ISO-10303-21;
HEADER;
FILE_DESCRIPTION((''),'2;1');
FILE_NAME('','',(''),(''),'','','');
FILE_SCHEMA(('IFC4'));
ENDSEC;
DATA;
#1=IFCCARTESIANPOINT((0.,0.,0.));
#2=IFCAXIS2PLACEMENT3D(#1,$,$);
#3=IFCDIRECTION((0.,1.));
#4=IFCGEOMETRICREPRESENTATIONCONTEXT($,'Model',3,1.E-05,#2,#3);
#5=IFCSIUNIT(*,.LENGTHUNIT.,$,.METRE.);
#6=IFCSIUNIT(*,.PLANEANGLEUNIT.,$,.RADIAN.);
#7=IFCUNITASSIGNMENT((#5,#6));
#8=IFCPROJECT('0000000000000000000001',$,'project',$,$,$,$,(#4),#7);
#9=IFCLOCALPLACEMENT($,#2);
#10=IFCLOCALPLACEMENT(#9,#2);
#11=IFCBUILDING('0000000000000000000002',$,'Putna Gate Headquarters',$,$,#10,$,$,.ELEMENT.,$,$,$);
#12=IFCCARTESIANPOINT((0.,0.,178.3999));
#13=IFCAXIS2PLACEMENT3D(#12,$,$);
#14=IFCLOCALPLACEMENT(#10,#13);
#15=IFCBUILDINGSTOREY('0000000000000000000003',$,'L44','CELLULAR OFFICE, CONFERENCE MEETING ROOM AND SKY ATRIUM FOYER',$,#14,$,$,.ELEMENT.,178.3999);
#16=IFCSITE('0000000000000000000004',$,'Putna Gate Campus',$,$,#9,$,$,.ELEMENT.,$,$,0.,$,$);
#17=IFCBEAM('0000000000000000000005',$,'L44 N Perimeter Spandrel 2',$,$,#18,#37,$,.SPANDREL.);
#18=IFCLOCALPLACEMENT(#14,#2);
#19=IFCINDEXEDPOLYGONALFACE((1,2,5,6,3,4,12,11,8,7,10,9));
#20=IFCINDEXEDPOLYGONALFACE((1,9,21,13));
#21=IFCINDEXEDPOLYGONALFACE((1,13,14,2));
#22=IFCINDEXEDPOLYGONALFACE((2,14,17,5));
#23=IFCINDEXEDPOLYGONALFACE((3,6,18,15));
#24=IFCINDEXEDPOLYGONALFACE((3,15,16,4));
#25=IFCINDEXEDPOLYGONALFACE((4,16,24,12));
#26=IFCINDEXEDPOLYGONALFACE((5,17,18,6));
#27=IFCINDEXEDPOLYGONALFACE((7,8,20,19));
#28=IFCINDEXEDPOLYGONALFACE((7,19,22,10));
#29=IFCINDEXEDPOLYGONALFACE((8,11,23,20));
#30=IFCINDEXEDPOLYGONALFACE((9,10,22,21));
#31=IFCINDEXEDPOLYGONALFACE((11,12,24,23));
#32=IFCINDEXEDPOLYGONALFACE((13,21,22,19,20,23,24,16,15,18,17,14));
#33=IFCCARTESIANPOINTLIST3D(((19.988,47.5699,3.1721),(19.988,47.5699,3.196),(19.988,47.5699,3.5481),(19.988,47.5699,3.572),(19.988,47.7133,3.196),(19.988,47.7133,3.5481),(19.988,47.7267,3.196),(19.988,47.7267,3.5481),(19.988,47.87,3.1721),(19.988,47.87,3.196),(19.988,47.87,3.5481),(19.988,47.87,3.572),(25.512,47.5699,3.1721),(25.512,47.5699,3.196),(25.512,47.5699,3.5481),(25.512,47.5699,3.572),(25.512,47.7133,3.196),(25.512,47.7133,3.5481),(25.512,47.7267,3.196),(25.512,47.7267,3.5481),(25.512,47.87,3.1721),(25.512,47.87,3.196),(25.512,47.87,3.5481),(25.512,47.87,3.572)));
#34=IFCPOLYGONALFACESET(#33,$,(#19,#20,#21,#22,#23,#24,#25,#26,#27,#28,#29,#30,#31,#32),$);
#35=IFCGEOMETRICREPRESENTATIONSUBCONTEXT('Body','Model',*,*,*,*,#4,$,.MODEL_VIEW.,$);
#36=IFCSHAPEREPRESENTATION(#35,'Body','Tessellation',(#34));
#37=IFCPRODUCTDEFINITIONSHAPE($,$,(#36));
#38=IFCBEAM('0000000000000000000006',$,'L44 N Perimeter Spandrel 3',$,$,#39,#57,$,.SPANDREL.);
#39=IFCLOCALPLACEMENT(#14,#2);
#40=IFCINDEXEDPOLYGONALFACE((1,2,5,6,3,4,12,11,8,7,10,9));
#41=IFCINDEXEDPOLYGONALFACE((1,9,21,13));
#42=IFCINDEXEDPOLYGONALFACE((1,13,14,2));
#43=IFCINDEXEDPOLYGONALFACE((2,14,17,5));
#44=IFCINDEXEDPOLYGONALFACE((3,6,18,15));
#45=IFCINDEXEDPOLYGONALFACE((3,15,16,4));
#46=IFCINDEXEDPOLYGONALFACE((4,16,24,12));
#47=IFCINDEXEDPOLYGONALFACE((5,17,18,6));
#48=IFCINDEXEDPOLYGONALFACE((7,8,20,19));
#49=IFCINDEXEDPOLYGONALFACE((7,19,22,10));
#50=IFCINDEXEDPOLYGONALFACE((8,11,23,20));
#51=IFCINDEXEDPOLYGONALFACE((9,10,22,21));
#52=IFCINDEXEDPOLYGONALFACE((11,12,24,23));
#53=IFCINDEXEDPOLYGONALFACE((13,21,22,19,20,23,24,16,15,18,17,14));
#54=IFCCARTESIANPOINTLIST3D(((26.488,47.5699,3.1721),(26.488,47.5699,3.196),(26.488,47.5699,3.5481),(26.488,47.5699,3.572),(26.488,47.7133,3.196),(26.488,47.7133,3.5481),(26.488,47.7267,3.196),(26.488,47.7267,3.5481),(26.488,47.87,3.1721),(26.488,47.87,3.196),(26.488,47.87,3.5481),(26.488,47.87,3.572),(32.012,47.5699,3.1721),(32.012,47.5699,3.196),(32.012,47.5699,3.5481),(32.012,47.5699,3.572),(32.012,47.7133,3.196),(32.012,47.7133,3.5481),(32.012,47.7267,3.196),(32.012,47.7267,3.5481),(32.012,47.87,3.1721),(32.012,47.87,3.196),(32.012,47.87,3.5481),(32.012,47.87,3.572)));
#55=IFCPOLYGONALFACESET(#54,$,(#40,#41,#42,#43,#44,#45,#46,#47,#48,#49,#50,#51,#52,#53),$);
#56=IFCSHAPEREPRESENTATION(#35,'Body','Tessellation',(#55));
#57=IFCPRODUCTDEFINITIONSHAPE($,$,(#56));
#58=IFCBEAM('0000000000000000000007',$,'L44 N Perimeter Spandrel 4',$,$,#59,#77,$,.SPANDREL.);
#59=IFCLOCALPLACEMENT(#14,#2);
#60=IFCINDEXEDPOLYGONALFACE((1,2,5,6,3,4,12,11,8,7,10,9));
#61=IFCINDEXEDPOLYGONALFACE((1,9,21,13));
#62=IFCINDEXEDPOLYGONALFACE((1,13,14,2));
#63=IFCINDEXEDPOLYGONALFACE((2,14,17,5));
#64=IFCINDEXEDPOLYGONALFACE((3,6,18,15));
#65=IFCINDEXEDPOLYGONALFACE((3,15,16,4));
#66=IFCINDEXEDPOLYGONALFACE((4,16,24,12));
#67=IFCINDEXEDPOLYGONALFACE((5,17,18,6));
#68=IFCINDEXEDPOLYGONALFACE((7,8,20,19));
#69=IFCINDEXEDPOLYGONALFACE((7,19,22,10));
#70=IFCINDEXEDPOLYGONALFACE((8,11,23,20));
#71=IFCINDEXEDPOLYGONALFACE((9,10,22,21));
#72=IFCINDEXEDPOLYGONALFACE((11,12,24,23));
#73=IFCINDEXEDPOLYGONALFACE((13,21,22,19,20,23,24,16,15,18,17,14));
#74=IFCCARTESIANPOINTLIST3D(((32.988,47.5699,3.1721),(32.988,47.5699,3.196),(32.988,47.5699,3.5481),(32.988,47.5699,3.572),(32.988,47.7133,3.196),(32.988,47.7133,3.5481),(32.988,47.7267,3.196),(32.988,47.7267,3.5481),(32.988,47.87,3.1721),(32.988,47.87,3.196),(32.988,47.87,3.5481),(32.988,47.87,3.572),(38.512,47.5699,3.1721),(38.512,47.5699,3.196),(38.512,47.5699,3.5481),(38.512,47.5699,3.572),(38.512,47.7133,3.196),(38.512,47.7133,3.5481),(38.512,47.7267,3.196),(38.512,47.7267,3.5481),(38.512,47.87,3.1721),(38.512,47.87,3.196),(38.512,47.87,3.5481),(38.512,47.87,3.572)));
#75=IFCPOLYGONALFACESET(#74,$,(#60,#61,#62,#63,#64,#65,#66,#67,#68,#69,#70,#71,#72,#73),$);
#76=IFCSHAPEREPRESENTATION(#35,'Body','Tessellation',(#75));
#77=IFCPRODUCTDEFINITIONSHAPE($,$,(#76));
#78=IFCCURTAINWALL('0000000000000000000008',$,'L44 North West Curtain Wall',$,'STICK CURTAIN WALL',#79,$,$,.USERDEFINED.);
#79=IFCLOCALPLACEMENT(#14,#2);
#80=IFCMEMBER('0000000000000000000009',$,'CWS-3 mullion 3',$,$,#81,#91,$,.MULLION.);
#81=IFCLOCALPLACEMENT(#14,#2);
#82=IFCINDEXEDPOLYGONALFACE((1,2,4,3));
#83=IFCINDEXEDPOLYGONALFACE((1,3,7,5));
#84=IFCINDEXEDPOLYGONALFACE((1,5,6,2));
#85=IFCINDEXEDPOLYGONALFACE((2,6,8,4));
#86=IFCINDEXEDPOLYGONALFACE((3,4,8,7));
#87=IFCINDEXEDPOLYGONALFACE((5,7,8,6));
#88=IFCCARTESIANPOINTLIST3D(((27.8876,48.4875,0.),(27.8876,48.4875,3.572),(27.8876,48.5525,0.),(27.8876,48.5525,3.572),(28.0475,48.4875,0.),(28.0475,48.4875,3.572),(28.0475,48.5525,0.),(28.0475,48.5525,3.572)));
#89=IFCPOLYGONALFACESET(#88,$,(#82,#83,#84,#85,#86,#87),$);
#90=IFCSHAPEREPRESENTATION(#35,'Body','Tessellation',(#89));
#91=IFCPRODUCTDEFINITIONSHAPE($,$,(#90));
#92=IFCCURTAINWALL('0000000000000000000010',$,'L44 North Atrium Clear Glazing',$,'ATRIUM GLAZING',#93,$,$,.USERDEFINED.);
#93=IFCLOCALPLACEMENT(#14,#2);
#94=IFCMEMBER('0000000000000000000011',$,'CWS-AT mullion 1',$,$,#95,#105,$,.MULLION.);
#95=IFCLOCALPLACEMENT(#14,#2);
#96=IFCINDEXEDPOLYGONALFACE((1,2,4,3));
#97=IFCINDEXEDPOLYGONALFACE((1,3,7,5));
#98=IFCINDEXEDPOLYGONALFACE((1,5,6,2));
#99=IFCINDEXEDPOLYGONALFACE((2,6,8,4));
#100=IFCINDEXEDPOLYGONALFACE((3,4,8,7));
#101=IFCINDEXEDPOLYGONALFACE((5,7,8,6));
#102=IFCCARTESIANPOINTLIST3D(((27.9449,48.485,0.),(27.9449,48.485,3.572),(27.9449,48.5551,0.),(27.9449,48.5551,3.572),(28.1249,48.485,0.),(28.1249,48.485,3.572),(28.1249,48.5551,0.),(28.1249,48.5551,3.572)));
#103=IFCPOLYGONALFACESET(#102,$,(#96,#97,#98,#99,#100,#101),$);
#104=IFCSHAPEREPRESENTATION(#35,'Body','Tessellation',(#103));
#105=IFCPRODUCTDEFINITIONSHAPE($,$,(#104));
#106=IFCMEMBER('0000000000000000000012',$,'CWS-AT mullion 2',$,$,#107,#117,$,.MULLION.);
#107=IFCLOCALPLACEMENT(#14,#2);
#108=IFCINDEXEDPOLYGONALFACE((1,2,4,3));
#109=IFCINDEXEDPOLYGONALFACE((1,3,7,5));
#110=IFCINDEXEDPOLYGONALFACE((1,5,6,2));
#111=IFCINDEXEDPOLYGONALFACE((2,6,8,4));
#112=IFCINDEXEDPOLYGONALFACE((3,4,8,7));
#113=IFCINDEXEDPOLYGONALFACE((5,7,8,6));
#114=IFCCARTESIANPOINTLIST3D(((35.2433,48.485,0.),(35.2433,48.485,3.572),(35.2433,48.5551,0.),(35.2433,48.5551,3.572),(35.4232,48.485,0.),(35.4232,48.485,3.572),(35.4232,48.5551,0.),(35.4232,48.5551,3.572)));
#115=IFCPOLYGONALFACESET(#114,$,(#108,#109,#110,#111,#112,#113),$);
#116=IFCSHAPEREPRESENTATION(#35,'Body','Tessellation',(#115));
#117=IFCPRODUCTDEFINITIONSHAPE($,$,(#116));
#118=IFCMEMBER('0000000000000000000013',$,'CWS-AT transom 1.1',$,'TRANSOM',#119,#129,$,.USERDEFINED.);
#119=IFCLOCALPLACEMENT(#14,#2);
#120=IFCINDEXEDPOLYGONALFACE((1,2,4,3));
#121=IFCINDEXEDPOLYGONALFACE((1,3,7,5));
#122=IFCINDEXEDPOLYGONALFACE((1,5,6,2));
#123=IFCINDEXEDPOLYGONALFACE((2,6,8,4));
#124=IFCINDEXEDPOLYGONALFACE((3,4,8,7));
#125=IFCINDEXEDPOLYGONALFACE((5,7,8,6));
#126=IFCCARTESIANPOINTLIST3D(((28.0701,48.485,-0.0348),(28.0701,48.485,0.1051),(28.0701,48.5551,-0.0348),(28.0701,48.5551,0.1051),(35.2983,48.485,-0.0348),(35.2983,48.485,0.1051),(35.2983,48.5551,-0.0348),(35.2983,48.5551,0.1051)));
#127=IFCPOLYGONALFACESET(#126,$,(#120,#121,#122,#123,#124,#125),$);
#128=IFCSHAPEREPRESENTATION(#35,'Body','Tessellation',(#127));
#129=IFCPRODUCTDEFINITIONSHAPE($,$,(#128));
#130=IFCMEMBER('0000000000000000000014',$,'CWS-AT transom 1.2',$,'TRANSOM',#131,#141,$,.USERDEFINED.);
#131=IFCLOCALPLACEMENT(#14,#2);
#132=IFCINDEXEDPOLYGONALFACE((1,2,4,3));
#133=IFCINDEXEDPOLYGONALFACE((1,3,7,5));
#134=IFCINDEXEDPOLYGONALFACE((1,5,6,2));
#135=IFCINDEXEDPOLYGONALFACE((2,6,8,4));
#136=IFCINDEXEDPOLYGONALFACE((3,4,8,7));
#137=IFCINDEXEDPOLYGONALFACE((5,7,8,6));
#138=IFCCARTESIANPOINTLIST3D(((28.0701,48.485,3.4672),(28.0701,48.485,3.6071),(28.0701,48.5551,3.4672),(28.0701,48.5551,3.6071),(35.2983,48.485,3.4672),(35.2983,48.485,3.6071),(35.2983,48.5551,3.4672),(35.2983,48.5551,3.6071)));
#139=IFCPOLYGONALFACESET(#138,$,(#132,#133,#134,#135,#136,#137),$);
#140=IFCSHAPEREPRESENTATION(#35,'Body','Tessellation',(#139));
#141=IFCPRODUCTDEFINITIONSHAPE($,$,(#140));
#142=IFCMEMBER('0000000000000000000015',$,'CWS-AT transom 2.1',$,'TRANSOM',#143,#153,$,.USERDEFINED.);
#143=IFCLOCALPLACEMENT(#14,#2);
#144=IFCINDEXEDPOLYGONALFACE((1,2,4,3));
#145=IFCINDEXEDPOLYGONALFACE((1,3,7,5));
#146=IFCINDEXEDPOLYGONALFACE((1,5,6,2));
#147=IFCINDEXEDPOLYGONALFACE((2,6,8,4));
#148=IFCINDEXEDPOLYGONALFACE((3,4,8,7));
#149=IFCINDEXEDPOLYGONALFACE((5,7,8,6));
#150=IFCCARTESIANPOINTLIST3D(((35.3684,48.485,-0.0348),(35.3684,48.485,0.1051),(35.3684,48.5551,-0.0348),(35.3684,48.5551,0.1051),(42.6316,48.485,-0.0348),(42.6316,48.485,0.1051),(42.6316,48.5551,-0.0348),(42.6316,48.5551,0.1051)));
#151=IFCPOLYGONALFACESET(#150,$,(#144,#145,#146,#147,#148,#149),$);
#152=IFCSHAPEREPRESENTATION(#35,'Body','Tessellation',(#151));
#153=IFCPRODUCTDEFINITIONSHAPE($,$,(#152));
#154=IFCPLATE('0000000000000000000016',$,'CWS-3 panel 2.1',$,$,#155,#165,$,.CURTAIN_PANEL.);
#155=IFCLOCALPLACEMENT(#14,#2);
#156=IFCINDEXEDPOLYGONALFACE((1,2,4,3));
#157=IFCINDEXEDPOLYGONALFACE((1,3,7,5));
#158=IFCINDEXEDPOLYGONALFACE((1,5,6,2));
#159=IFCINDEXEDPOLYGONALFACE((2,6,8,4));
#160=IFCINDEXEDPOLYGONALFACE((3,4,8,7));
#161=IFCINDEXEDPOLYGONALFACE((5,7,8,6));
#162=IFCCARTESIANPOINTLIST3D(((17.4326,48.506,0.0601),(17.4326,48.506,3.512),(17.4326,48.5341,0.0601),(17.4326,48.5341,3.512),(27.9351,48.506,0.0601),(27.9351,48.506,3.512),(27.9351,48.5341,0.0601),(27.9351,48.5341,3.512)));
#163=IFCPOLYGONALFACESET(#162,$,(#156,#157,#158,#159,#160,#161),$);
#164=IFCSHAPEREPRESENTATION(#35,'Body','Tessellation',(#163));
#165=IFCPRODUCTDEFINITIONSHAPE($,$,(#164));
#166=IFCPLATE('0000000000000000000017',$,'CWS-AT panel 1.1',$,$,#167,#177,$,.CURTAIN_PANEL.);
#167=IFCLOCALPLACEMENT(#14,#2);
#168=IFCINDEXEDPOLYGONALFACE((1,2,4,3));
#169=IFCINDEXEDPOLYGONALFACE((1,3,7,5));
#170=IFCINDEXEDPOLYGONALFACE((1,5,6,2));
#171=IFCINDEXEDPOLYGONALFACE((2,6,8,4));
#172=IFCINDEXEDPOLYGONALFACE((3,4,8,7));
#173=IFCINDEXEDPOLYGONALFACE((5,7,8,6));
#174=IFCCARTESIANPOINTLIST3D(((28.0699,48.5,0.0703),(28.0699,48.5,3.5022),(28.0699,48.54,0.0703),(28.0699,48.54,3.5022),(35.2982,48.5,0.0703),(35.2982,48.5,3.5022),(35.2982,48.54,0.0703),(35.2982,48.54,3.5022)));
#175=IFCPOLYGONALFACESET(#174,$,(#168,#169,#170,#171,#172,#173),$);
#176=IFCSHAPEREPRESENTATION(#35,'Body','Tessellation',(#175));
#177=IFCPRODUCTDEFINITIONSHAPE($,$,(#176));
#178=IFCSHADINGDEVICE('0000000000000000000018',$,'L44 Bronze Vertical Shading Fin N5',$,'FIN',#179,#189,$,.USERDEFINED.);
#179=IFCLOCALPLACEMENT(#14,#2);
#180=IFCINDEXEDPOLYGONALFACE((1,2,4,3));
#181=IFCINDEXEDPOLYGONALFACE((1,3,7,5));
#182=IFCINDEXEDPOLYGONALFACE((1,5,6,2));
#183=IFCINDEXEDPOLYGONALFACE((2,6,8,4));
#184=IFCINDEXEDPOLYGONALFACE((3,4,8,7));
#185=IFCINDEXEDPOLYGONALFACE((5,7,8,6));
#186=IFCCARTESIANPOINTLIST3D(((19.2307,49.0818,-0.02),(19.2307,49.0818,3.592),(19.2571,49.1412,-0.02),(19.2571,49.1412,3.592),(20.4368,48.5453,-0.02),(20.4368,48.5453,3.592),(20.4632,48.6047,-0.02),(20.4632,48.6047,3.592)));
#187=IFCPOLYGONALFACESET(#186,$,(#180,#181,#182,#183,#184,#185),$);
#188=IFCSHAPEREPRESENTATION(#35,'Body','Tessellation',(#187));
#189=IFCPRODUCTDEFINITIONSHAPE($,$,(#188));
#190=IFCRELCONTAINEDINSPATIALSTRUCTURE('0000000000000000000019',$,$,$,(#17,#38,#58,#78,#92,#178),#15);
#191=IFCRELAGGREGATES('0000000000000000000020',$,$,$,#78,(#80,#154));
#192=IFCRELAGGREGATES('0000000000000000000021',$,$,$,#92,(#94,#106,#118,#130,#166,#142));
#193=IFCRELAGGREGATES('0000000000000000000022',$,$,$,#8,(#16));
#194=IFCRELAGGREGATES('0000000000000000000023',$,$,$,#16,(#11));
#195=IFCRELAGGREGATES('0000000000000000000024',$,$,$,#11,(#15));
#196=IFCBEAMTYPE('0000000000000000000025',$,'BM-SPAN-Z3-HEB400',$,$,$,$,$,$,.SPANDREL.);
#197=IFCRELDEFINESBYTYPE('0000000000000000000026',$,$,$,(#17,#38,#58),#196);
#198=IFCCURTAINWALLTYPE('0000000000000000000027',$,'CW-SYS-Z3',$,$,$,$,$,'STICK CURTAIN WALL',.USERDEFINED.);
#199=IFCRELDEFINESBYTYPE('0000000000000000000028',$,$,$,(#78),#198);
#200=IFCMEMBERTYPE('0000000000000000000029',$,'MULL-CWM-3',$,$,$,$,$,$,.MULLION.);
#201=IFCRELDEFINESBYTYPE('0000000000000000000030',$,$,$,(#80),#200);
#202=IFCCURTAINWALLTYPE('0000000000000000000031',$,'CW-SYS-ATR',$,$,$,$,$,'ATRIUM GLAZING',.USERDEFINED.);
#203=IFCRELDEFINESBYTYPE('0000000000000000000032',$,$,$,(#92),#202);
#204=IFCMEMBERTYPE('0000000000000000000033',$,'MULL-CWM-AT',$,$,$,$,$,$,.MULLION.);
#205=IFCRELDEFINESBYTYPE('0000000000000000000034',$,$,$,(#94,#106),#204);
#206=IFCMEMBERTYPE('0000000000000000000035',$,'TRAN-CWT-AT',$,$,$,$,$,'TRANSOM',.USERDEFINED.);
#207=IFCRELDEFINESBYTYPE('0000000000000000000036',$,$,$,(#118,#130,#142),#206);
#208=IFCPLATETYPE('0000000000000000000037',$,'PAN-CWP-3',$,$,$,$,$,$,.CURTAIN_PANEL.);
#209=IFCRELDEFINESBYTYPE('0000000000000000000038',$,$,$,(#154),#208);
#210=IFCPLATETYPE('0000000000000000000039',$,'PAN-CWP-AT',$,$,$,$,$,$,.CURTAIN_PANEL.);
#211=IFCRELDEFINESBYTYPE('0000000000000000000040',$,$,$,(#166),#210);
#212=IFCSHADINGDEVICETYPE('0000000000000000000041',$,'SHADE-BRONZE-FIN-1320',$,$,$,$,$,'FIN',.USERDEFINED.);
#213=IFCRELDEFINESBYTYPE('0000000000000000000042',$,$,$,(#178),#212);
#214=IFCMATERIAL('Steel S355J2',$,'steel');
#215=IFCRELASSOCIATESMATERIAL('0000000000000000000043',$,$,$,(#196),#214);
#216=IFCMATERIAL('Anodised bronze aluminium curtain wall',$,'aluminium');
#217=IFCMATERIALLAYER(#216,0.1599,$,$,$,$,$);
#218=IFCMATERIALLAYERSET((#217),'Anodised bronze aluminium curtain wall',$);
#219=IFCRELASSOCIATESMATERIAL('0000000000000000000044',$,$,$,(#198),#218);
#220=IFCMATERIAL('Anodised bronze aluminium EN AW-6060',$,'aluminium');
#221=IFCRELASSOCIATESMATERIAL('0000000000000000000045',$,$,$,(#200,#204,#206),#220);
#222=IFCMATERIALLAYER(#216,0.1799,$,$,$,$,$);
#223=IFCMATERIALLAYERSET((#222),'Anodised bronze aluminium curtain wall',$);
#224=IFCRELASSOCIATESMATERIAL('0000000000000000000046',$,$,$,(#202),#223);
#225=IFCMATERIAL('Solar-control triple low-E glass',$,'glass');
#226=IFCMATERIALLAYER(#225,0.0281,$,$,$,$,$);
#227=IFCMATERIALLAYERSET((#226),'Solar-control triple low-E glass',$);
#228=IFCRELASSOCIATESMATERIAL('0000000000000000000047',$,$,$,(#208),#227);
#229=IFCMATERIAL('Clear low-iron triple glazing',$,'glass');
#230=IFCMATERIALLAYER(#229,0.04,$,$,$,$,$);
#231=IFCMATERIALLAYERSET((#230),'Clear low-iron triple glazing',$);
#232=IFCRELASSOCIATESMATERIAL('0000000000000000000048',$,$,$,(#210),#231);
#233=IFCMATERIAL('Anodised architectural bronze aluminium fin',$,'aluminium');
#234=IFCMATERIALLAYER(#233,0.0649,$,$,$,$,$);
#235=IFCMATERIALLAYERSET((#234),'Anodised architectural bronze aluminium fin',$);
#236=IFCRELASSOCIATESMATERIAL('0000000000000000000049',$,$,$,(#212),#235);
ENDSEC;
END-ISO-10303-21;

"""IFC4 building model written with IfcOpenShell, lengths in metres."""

from ifc_helpers import new_model, si_unit, direction, frame, origin, origin_2d, place, context, subcontext, project, spatial, rectangle, i_section, extrude, material, layer, layer_set, material_profile, profile_set, type_object, element, aggregate, save


model = new_model("IFC4")

# Units and contexts
model_context = context("Model", 3, precision=1e-05, world=origin(), true_north=direction((0.0, 1.0)))
body_context = subcontext(model_context, "Body", "Model", "MODEL_VIEW")
ifc_project = project(units=[si_unit("LENGTHUNIT", "METRE"), si_unit("PLANEANGLEUNIT", "RADIAN")], contexts=[model_context])

# Site, building, storey
site_placement = place(None, origin())
site = spatial("IfcSite", under=ifc_project, at=site_placement, Name="Putna Gate Campus", CompositionType="ELEMENT", RefElevation=0.0)
building_placement = place(site_placement, origin())
building = spatial("IfcBuilding", under=site, at=building_placement, Name="Putna Gate Headquarters", CompositionType="ELEMENT")
storey_placement = place(building_placement, frame((0.0, 0.0, 178.3999)))
storey = spatial("IfcBuildingStorey", under=building, at=storey_placement, Name="L44", Description="CELLULAR OFFICE, CONFERENCE MEETING ROOM AND SKY ATRIUM FOYER", CompositionType="ELEMENT", Elevation=178.3999)

# Beams
ifc_material_1 = material(Name="Steel S355J2", Category="steel")
ifc_material_profile_1 = material_profile(ifc_material_1, i_section(OverallWidth=0.3, OverallDepth=0.3999, WebThickness=0.0134, FlangeThickness=0.0239, at=origin_2d()), Name="Steel S355J2")
ifc_profile_set_1 = profile_set([ifc_material_profile_1], Name="Steel S355J2")
beam_type_1 = type_object("IfcBeamType", Name="BM-SPAN-Z3-HEB400", PredefinedType="SPANDREL", material=ifc_profile_set_1)
for number, where, z_axis, x_axis, name in (
    (1, (19.988, 47.72, 3.3721), (1.0, 0.0, 0.0), (0.0, 1.0, 0.0), "L44 N Perimeter Spandrel 2"),
    (2, (26.488, 47.72, 3.3721), (1.0, 0.0, 0.0), (0.0, 1.0, 0.0), "L44 N Perimeter Spandrel 3"),
    (3, (32.988, 47.72, 3.3721), (1.0, 0.0, 0.0), (0.0, 1.0, 0.0), "L44 N Perimeter Spandrel 4"),
):
    element("IfcBeam", number, at=place(storey_placement, frame(where, z_axis=z_axis, x_axis=x_axis)), inside=storey, type_object=beam_type_1, Name=name, PredefinedType="SPANDREL", context=body_context, shape_type="SweptSolid", body=[
        extrude(i_section(OverallWidth=0.3, OverallDepth=0.3999, WebThickness=0.0134, FlangeThickness=0.0239, at=origin_2d()), origin(), (0.0, 0.0, 1.0), 5.5239),
    ])

# Curtain wall, member
ifc_material_2 = material(Name="Anodised bronze aluminium curtain wall", Category="aluminium")
ifc_layer_1 = layer(ifc_material_2, 0.1599)
ifc_layer_set_1 = layer_set([ifc_layer_1], Name="Anodised bronze aluminium curtain wall")
curtain_wall_type_1 = type_object("IfcCurtainWallType", Name="CW-SYS-Z3", ElementType="STICK CURTAIN WALL", PredefinedType="USERDEFINED", material=ifc_layer_set_1)
curtain_wall_1_placement = place(storey_placement, origin())
curtain_wall_1 = element("IfcCurtainWall", 4, at=curtain_wall_1_placement, inside=storey, type_object=curtain_wall_type_1, Name="L44 North West Curtain Wall", ObjectType="STICK CURTAIN WALL", PredefinedType="USERDEFINED")
ifc_material_3 = material(Name="Anodised bronze aluminium EN AW-6060", Category="aluminium")
ifc_material_profile_2 = material_profile(ifc_material_3, rectangle(XDim=0.0649, YDim=0.1599, at=origin_2d()), Name="Anodised bronze aluminium EN AW-6060")
ifc_profile_set_2 = profile_set([ifc_material_profile_2], Name="Anodised bronze aluminium EN AW-6060")
member_type_1 = type_object("IfcMemberType", Name="MULL-CWM-3", PredefinedType="MULLION", material=ifc_profile_set_2)
member_1_placement = place(storey_placement, frame((27.9675, 48.52, 0.0), z_axis=(0.0, 0.0, 1.0), x_axis=(0.0, 1.0, 0.0)))
member_1 = element("IfcMember", 5, at=member_1_placement, type_object=member_type_1, Name="CWS-3 mullion 3", PredefinedType="MULLION", context=body_context, shape_type="SweptSolid", body=[
    extrude(rectangle(XDim=0.0649, YDim=0.1599, at=origin_2d()), origin(), (0.0, 0.0, 1.0), 3.572),
])

# Curtain wall, members
ifc_layer_2 = layer(ifc_material_2, 0.1799)
ifc_layer_set_2 = layer_set([ifc_layer_2], Name="Anodised bronze aluminium curtain wall")
curtain_wall_type_2 = type_object("IfcCurtainWallType", Name="CW-SYS-ATR", ElementType="ATRIUM GLAZING", PredefinedType="USERDEFINED", material=ifc_layer_set_2)
curtain_wall_2_placement = place(storey_placement, origin())
curtain_wall_2 = element("IfcCurtainWall", 6, at=curtain_wall_2_placement, inside=storey, type_object=curtain_wall_type_2, Name="L44 North Atrium Clear Glazing", ObjectType="ATRIUM GLAZING", PredefinedType="USERDEFINED")
ifc_material_profile_3 = material_profile(ifc_material_3, rectangle(XDim=0.0701, YDim=0.1799, at=origin_2d()), Name="Anodised bronze aluminium EN AW-6060")
ifc_profile_set_3 = profile_set([ifc_material_profile_3], Name="Anodised bronze aluminium EN AW-6060")
member_type_2 = type_object("IfcMemberType", Name="MULL-CWM-AT", PredefinedType="MULLION", material=ifc_profile_set_3)
member_2_placement = place(storey_placement, frame((28.0349, 48.52, 0.0), z_axis=(0.0, 0.0, 1.0), x_axis=(0.0, 1.0, 0.0)))
member_2 = element("IfcMember", 7, at=member_2_placement, type_object=member_type_2, Name="CWS-AT mullion 1", PredefinedType="MULLION", context=body_context, shape_type="SweptSolid", body=[
    extrude(rectangle(XDim=0.0701, YDim=0.1799, at=origin_2d()), origin(), (0.0, 0.0, 1.0), 3.572),
])
member_3_placement = place(storey_placement, frame((35.3333, 48.52, 0.0), z_axis=(0.0, 0.0, 1.0), x_axis=(0.0, 1.0, 0.0)))
member_3 = element("IfcMember", 8, at=member_3_placement, type_object=member_type_2, Name="CWS-AT mullion 2", PredefinedType="MULLION", context=body_context, shape_type="SweptSolid", body=[
    extrude(rectangle(XDim=0.0701, YDim=0.1799, at=origin_2d()), origin(), (0.0, 0.0, 1.0), 3.572),
])
ifc_material_profile_4 = material_profile(ifc_material_3, rectangle(XDim=0.0701, YDim=0.1399, at=origin_2d()), Name="Anodised bronze aluminium EN AW-6060")
ifc_profile_set_4 = profile_set([ifc_material_profile_4], Name="Anodised bronze aluminium EN AW-6060")
member_type_3 = type_object("IfcMemberType", Name="TRAN-CWT-AT", ElementType="TRANSOM", PredefinedType="USERDEFINED", material=ifc_profile_set_4)
member_4_placement = place(storey_placement, frame((28.0701, 48.52, 0.0352), z_axis=(1.0, 0.0, 0.0), x_axis=(0.0, 1.0, 0.0)))
member_4 = element("IfcMember", 9, at=member_4_placement, type_object=member_type_3, Name="CWS-AT transom 1.1", ObjectType="TRANSOM", PredefinedType="USERDEFINED", context=body_context, shape_type="SweptSolid", body=[
    extrude(rectangle(XDim=0.0701, YDim=0.1399, at=origin_2d()), origin(), (0.0, 0.0, 1.0), 7.2283),
])
member_5_placement = place(storey_placement, frame((28.0701, 48.52, 3.5371), z_axis=(1.0, 0.0, 0.0), x_axis=(0.0, 1.0, 0.0)))
member_5 = element("IfcMember", 10, at=member_5_placement, type_object=member_type_3, Name="CWS-AT transom 1.2", ObjectType="TRANSOM", PredefinedType="USERDEFINED", context=body_context, shape_type="SweptSolid", body=[
    extrude(rectangle(XDim=0.0701, YDim=0.1399, at=origin_2d()), origin(), (0.0, 0.0, 1.0), 7.2283),
])
member_6_placement = place(storey_placement, frame((35.3684, 48.52, 0.0352), z_axis=(1.0, 0.0, 0.0), x_axis=(0.0, 1.0, 0.0)))
member_6 = element("IfcMember", 11, at=member_6_placement, type_object=member_type_3, Name="CWS-AT transom 2.1", ObjectType="TRANSOM", PredefinedType="USERDEFINED", context=body_context, shape_type="SweptSolid", body=[
    extrude(rectangle(XDim=0.0701, YDim=0.1399, at=origin_2d()), origin(), (0.0, 0.0, 1.0), 7.2632),
])

# Plates
ifc_material_4 = material(Name="Solar-control triple low-E glass", Category="glass")
ifc_layer_3 = layer(ifc_material_4, 0.0281)
ifc_layer_set_3 = layer_set([ifc_layer_3], Name="Solar-control triple low-E glass")
plate_type_1 = type_object("IfcPlateType", Name="PAN-CWP-3", PredefinedType="CURTAIN_PANEL", material=ifc_layer_set_3)
plate_1_placement = place(storey_placement, frame((22.6838, 48.52, 0.0601), z_axis=(0.0, 0.0, 1.0), x_axis=(1.0, 0.0, 0.0)))
plate_1 = element("IfcPlate", 12, at=plate_1_placement, type_object=plate_type_1, Name="CWS-3 panel 2.1", PredefinedType="CURTAIN_PANEL", context=body_context, shape_type="SweptSolid", body=[
    extrude(rectangle(XDim=10.5024, YDim=0.0281, at=origin_2d()), origin(), (0.0, 0.0, 1.0), 3.4519),
])
aggregate(curtain_wall_1, [member_1, plate_1])
ifc_material_5 = material(Name="Clear low-iron triple glazing", Category="glass")
ifc_layer_4 = layer(ifc_material_5, 0.04)
ifc_layer_set_4 = layer_set([ifc_layer_4], Name="Clear low-iron triple glazing")
plate_type_2 = type_object("IfcPlateType", Name="PAN-CWP-AT", PredefinedType="CURTAIN_PANEL", material=ifc_layer_set_4)
plate_2_placement = place(storey_placement, frame((31.6841, 48.52, 0.0703), z_axis=(0.0, 0.0, 1.0), x_axis=(1.0, 0.0, 0.0)))
plate_2 = element("IfcPlate", 13, at=plate_2_placement, type_object=plate_type_2, Name="CWS-AT panel 1.1", PredefinedType="CURTAIN_PANEL", context=body_context, shape_type="SweptSolid", body=[
    extrude(rectangle(XDim=7.2283, YDim=0.04, at=origin_2d()), origin(), (0.0, 0.0, 1.0), 3.4319),
])
aggregate(curtain_wall_2, [member_2, member_3, member_4, member_5, plate_2, member_6])

# Shading device
ifc_material_6 = material(Name="Anodised architectural bronze aluminium fin", Category="aluminium")
ifc_layer_5 = layer(ifc_material_6, 0.0649)
ifc_layer_set_5 = layer_set([ifc_layer_5], Name="Anodised architectural bronze aluminium fin")
shading_device_type = type_object("IfcShadingDeviceType", Name="SHADE-BRONZE-FIN-1320", ElementType="FIN", PredefinedType="USERDEFINED", material=ifc_layer_set_5)
for number, where, z_axis, x_axis, name in (
    (14, (19.8469, 48.8433, -0.02), (0.0, 0.0, 1.0), (-0.913687, 0.406418, 0.0), "L44 Bronze Vertical Shading Fin N5"),
):
    element("IfcShadingDevice", number, at=place(storey_placement, frame(where, z_axis=z_axis, x_axis=x_axis)), inside=storey, type_object=shading_device_type, Name=name, ObjectType="FIN", PredefinedType="USERDEFINED", context=body_context, shape_type="SweptSolid", body=[
        extrude(rectangle(XDim=1.3201, YDim=0.0649, at=origin_2d()), origin(), (0.0, 0.0, 1.0), 3.6121),
    ])

save(model, "model.ifc")
